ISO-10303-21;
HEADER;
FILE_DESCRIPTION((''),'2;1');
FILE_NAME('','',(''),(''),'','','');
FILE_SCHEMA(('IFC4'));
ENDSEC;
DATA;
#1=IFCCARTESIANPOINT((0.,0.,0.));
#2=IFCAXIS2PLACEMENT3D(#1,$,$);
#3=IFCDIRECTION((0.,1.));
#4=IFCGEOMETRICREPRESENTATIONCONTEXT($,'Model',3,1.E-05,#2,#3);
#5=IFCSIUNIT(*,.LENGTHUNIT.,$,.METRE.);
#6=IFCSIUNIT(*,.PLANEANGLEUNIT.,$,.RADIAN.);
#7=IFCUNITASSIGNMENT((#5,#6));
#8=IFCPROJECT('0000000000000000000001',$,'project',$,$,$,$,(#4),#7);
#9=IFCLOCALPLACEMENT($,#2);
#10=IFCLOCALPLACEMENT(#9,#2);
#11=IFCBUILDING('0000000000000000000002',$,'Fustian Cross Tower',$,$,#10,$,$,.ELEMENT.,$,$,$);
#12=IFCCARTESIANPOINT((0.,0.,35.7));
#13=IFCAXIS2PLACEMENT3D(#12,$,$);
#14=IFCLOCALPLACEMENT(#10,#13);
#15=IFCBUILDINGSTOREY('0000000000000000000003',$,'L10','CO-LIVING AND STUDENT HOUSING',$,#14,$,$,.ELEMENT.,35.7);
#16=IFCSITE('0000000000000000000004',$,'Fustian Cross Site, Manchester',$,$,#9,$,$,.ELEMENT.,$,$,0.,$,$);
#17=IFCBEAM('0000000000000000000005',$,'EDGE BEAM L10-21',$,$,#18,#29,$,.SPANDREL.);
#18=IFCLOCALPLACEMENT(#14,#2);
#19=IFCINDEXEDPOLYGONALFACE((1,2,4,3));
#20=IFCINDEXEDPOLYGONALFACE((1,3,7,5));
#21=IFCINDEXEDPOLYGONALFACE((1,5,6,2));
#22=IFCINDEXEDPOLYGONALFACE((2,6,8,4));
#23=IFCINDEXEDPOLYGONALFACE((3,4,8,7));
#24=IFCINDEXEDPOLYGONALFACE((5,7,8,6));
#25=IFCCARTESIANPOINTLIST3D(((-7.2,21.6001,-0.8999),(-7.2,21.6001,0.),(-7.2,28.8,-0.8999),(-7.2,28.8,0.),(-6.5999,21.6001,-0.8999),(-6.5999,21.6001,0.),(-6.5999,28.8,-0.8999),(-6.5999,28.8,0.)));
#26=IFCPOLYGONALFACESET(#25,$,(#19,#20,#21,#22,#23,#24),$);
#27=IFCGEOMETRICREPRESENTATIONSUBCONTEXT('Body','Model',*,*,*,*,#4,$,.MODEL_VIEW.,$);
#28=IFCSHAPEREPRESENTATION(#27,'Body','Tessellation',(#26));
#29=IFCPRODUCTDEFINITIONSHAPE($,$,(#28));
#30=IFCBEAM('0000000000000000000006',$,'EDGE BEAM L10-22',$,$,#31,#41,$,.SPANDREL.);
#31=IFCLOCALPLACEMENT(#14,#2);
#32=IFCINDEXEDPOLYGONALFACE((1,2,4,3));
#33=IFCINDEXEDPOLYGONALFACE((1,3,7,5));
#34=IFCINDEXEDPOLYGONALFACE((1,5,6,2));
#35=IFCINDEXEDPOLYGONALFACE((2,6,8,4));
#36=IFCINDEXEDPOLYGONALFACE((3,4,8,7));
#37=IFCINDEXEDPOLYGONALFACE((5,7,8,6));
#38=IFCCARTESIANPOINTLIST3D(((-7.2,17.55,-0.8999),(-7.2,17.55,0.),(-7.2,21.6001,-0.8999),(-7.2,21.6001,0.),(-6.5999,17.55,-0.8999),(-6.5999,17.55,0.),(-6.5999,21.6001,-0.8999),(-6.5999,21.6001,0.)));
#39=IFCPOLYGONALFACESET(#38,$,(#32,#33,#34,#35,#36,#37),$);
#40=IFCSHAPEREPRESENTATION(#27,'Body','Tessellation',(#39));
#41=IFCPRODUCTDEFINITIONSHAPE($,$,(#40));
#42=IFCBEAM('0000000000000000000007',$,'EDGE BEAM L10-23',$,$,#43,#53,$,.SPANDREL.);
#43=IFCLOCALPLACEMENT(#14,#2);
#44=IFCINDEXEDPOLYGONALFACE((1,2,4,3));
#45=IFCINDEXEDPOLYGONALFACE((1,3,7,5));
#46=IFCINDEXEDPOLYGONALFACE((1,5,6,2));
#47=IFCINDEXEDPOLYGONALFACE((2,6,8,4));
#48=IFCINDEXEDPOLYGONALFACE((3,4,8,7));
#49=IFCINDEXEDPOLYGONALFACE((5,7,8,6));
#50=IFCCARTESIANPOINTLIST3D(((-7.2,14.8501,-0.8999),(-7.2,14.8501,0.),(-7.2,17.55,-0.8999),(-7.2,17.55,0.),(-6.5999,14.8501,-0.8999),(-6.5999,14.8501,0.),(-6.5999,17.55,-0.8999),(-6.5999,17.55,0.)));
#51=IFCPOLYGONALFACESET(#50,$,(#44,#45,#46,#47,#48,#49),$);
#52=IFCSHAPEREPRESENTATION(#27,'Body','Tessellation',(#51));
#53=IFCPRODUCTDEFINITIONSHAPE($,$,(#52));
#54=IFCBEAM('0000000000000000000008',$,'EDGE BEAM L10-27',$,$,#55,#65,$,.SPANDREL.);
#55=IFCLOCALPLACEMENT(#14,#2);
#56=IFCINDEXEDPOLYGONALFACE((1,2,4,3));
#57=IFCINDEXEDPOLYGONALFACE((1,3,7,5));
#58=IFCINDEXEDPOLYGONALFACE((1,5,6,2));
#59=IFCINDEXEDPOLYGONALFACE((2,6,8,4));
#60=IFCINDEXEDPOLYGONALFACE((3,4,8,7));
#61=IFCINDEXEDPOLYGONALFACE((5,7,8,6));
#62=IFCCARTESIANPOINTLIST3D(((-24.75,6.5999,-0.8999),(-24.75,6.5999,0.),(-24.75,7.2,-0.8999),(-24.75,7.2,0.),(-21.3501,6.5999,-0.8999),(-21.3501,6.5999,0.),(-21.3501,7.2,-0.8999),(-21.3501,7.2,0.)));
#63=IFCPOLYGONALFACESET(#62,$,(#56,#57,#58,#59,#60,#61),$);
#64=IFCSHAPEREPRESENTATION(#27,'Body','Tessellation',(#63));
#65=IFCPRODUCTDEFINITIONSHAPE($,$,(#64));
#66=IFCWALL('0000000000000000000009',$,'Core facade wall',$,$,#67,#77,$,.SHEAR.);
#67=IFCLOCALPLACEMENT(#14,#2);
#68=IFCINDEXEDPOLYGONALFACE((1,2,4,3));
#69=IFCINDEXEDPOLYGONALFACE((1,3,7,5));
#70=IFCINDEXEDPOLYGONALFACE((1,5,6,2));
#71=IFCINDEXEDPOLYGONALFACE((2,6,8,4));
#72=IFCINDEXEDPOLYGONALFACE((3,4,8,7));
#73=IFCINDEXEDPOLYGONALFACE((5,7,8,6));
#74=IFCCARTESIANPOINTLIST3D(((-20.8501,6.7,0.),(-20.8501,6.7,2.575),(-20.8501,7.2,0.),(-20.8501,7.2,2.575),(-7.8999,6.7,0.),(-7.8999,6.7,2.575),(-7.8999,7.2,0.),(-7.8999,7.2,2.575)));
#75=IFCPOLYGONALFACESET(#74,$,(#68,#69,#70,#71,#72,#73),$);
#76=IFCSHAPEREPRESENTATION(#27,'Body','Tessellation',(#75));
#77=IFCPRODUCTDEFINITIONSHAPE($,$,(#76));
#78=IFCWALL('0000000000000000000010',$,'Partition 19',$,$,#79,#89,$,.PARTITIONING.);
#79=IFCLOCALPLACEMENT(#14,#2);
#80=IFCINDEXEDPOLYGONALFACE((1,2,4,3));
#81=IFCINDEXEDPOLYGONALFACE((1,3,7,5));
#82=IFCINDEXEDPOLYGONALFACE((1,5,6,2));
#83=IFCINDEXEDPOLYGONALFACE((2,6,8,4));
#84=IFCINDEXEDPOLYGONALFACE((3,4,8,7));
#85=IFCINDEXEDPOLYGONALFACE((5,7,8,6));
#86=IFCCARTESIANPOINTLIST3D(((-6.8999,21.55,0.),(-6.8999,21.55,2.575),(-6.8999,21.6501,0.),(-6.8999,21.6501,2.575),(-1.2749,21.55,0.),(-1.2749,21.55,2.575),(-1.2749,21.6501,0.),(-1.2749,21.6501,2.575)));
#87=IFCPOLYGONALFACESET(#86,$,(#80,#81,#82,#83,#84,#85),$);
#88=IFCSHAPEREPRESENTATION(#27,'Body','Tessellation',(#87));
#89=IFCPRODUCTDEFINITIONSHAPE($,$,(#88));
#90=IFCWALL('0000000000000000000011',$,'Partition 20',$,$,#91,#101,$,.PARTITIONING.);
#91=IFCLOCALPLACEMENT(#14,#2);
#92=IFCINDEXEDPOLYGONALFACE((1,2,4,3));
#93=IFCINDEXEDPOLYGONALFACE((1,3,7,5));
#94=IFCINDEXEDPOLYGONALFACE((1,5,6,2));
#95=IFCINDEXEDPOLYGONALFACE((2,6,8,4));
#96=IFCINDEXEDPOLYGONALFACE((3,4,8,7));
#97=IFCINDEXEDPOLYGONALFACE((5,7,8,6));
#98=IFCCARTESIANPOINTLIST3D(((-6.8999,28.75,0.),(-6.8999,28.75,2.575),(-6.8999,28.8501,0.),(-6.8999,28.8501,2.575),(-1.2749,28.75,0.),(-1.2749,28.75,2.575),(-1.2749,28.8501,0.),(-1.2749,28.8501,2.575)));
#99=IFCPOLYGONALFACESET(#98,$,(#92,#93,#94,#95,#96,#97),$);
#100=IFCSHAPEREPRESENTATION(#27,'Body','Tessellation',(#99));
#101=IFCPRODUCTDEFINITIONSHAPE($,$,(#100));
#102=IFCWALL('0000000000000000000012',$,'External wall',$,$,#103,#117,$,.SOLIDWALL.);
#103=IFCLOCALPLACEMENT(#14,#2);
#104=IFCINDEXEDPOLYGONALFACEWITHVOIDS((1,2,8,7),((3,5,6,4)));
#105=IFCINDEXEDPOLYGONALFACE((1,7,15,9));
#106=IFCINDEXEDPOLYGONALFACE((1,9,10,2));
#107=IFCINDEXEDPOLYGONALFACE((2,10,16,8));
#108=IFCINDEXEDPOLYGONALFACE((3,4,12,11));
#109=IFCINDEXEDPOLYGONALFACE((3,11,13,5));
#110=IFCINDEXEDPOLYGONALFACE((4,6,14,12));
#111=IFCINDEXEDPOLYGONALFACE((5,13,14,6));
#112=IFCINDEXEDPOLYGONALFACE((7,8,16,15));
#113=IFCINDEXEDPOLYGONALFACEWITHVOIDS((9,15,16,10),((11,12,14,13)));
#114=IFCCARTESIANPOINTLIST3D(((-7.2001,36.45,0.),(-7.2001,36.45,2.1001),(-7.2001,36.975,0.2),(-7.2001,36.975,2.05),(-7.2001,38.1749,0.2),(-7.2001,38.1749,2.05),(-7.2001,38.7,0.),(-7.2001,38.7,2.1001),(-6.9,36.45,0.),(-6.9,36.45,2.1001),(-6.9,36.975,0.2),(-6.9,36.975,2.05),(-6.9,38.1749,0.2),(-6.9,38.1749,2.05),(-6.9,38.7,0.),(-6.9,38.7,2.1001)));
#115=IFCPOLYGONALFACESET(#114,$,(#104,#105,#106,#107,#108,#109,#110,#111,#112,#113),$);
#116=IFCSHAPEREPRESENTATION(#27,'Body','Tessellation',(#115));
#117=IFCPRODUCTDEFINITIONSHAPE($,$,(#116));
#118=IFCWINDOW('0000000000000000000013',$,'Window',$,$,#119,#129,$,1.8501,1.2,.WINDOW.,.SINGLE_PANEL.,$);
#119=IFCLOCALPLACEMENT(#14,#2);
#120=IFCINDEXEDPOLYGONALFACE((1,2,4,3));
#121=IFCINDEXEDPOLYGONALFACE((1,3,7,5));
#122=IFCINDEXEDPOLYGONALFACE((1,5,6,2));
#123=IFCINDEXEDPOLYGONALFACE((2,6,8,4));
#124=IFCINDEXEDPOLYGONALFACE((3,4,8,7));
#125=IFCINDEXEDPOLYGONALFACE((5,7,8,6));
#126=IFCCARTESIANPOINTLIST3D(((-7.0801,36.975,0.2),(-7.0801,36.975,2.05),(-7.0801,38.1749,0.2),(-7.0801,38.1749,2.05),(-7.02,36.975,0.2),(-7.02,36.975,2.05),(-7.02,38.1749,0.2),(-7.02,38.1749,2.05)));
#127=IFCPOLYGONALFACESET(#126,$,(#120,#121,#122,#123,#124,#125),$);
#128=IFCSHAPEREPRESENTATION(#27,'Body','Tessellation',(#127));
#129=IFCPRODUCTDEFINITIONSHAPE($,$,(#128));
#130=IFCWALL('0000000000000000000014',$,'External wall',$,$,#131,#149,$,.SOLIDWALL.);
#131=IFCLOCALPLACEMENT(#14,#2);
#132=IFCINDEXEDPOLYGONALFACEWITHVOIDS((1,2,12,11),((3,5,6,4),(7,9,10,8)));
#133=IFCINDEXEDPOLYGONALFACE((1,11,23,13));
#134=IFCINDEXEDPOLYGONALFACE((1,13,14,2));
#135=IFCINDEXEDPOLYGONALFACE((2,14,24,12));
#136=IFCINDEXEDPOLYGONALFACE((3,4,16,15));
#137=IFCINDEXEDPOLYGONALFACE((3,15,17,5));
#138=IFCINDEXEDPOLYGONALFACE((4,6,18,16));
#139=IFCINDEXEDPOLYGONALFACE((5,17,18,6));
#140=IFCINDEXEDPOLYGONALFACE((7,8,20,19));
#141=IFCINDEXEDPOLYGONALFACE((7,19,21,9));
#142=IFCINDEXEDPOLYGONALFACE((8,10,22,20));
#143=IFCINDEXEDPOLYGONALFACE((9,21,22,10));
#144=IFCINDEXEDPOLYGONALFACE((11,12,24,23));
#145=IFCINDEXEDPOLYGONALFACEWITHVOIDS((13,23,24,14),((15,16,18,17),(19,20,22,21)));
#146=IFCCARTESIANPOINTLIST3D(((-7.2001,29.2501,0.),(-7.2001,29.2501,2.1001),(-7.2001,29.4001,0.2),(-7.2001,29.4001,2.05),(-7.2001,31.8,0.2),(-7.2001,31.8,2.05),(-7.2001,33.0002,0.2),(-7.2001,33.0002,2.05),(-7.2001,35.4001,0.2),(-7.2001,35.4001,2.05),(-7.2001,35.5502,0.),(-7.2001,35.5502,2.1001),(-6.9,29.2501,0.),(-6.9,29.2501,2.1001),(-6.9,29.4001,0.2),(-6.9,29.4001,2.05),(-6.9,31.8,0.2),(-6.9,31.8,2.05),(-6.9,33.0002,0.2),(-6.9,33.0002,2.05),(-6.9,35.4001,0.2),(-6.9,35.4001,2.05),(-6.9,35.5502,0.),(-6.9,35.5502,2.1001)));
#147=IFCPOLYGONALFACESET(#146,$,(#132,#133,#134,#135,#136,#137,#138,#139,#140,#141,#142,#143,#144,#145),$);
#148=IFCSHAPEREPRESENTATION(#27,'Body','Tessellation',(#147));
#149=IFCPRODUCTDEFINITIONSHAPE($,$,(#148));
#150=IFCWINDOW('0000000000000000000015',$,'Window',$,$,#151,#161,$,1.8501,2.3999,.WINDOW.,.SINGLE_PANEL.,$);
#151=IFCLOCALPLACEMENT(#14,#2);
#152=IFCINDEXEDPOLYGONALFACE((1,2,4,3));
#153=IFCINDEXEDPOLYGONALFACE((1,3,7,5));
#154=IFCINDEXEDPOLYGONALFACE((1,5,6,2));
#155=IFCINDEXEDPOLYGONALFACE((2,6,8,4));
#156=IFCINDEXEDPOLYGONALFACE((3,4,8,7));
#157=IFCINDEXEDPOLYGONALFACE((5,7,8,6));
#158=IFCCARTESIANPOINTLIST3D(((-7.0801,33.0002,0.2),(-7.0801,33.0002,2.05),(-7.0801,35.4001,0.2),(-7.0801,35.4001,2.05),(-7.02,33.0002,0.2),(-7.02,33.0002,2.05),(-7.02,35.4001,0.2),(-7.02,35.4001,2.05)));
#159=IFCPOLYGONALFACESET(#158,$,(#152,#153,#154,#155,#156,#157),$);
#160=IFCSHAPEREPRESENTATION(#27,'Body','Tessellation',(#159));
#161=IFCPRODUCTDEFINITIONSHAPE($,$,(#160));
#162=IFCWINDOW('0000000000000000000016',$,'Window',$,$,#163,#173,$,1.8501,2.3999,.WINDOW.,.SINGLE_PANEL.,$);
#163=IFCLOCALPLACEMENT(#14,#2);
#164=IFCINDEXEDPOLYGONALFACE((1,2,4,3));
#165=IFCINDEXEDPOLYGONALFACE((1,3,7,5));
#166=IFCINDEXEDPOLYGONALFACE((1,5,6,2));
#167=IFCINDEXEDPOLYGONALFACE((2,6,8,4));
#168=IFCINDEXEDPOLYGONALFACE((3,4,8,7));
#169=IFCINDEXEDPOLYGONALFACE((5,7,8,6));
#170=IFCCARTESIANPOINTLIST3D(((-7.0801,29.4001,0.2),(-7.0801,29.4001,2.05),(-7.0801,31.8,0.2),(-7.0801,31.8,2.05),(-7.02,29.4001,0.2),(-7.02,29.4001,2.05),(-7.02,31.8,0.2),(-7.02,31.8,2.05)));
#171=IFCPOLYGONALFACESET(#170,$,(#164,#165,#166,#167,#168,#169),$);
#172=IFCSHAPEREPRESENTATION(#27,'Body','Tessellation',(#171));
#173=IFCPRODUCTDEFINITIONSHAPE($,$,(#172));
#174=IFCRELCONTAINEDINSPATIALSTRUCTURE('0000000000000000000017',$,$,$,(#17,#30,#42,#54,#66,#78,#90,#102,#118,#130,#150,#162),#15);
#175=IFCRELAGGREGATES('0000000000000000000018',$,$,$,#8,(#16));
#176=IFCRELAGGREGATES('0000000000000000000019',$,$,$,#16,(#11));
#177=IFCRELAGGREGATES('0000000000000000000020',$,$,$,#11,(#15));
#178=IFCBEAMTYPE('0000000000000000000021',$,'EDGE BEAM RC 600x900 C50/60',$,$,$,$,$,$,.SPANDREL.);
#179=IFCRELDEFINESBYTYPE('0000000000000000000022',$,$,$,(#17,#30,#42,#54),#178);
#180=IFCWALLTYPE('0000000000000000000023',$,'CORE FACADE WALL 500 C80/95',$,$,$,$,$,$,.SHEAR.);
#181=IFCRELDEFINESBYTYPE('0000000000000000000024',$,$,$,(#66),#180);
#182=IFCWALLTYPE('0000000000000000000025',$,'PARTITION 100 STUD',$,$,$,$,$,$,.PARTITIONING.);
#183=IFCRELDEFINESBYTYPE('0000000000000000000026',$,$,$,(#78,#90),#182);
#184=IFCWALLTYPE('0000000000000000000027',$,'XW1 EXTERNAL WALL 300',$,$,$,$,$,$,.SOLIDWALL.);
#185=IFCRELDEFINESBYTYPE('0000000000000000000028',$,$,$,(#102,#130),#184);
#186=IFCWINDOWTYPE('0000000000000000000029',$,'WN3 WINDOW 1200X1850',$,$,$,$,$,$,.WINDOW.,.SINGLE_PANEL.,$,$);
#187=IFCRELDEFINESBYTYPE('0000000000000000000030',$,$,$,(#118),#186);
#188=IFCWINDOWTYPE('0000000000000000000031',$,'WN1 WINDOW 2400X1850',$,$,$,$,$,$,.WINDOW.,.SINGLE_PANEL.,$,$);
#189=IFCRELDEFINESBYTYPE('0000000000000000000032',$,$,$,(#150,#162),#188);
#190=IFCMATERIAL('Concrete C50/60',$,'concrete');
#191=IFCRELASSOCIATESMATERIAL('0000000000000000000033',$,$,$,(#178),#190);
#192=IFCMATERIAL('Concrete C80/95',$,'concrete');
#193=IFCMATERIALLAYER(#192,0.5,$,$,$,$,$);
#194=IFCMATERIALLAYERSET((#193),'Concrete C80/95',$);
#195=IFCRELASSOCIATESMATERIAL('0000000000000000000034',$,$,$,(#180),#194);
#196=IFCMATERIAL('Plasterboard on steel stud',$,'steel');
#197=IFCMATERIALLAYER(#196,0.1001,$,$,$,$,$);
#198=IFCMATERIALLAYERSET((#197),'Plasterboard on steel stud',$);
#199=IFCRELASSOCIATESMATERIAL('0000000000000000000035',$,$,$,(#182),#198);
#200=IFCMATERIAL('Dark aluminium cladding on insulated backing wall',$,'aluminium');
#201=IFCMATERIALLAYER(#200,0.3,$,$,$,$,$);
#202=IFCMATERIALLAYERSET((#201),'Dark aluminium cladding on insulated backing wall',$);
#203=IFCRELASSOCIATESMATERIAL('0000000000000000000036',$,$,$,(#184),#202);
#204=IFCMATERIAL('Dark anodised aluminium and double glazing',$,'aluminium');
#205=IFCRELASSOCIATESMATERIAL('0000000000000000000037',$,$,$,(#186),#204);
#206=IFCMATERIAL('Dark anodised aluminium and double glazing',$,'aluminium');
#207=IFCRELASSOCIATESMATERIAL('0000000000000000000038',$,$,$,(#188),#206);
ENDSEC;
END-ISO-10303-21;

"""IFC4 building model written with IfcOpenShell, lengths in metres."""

from ifc_helpers import new_model, si_unit, direction, frame, frame_2d, origin, origin_2d, place, context, subcontext, project, spatial, rectangle, extrude, material, layer, layer_set, material_profile, profile_set, type_object, element, fill, save


model = new_model("IFC4")

# Units and contexts
model_context = context("Model", 3, precision=1e-05, world=origin(), true_north=direction((0.0, 1.0)))
body_context = subcontext(model_context, "Body", "Model", "MODEL_VIEW")
ifc_project = project(units=[si_unit("LENGTHUNIT", "METRE"), si_unit("PLANEANGLEUNIT", "RADIAN")], contexts=[model_context])

# Site, building, storey
site_placement = place(None, origin())
site = spatial("IfcSite", under=ifc_project, at=site_placement, Name="Fustian Cross Site, Manchester", CompositionType="ELEMENT", RefElevation=0.0)
building_placement = place(site_placement, origin())
building = spatial("IfcBuilding", under=site, at=building_placement, Name="Fustian Cross Tower", CompositionType="ELEMENT")
storey_placement = place(building_placement, frame((0.0, 0.0, 35.7)))
storey = spatial("IfcBuildingStorey", under=building, at=storey_placement, Name="L10", Description="CO-LIVING AND STUDENT HOUSING", CompositionType="ELEMENT", Elevation=35.7)

# Beams
ifc_material_1 = material(Name="Concrete C50/60", Category="concrete")
ifc_material_profile = material_profile(ifc_material_1, rectangle(XDim=0.6001, YDim=0.8999, at=origin_2d()), Name="RC 600x900")
ifc_profile_set = profile_set([ifc_material_profile], Name="Concrete C50/60")
beam_type = type_object("IfcBeamType", Name="EDGE BEAM RC 600x900 C50/60", PredefinedType="SPANDREL", material=ifc_profile_set)
beam_1_placement = place(storey_placement, frame((-6.8999, 28.8, -0.45), z_axis=(0.0, -1.0, 0.0), x_axis=(1.0, 0.0, 0.0)))
element("IfcBeam", 1, at=beam_1_placement, inside=storey, type_object=beam_type, Name="EDGE BEAM L10-21", PredefinedType="SPANDREL", context=body_context, shape_type="SweptSolid", body=[
    extrude(rectangle(XDim=0.6001, YDim=0.8999, at=origin_2d()), origin(), (0.0, 0.0, 1.0), 7.2),
])
beam_2_placement = place(storey_placement, frame((-6.8999, 21.6001, -0.45), z_axis=(0.0, -1.0, 0.0), x_axis=(1.0, 0.0, 0.0)))
element("IfcBeam", 2, at=beam_2_placement, inside=storey, type_object=beam_type, Name="EDGE BEAM L10-22", PredefinedType="SPANDREL", context=body_context, shape_type="SweptSolid", body=[
    extrude(rectangle(XDim=0.6001, YDim=0.8999, at=origin_2d()), origin(), (0.0, 0.0, 1.0), 4.05),
])
beam_3_placement = place(storey_placement, frame((-6.8999, 17.55, -0.45), z_axis=(0.0, -1.0, 0.0), x_axis=(1.0, 0.0, 0.0)))
element("IfcBeam", 3, at=beam_3_placement, inside=storey, type_object=beam_type, Name="EDGE BEAM L10-23", PredefinedType="SPANDREL", context=body_context, shape_type="SweptSolid", body=[
    extrude(rectangle(XDim=0.6001, YDim=0.8999, at=origin_2d()), origin(), (0.0, 0.0, 1.0), 2.7),
])
beam_4_placement = place(storey_placement, frame((-21.3501, 6.8999, -0.45), z_axis=(-1.0, 0.0, 0.0), x_axis=(0.0, -1.0, 0.0)))
element("IfcBeam", 4, at=beam_4_placement, inside=storey, type_object=beam_type, Name="EDGE BEAM L10-27", PredefinedType="SPANDREL", context=body_context, shape_type="SweptSolid", body=[
    extrude(rectangle(XDim=0.6001, YDim=0.8999, at=origin_2d()), origin(), (0.0, 0.0, 1.0), 3.3999),
])

# Walls
ifc_material_2 = material(Name="Concrete C80/95", Category="concrete")
ifc_layer_1 = layer(ifc_material_2, 0.5)
ifc_layer_set_1 = layer_set([ifc_layer_1], Name="Concrete C80/95")
wall_type_1 = type_object("IfcWallType", Name="CORE FACADE WALL 500 C80/95", PredefinedType="SHEAR", material=ifc_layer_set_1)
wall_1_placement = place(storey_placement, frame((-7.8999, 6.95, 0.0), z_axis=(0.0, 0.0, 1.0), x_axis=(-1.0, 0.0, 0.0)))
element("IfcWall", 5, at=wall_1_placement, inside=storey, type_object=wall_type_1, Name="Core facade wall", PredefinedType="SHEAR", context=body_context, shape_type="SweptSolid", body=[
    extrude(rectangle(XDim=12.9502, YDim=0.5, at=frame_2d((6.4751, 0.0))), origin(), (0.0, 0.0, 1.0), 2.575),
])
ifc_material_3 = material(Name="Plasterboard on steel stud", Category="steel")
ifc_layer_2 = layer(ifc_material_3, 0.1001)
ifc_layer_set_2 = layer_set([ifc_layer_2], Name="Plasterboard on steel stud")
wall_type_2 = type_object("IfcWallType", Name="PARTITION 100 STUD", PredefinedType="PARTITIONING", material=ifc_layer_set_2)
for number, where, z_axis, x_axis, name in (
    (6, (-6.8999, 21.6001, 0.0), (0.0, 0.0, 1.0), (1.0, 0.0, 0.0), "Partition 19"),
    (7, (-6.8999, 28.8, 0.0), (0.0, 0.0, 1.0), (1.0, 0.0, 0.0), "Partition 20"),
):
    element("IfcWall", number, at=place(storey_placement, frame(where, z_axis=z_axis, x_axis=x_axis)), inside=storey, type_object=wall_type_2, Name=name, PredefinedType="PARTITIONING", context=body_context, shape_type="SweptSolid", body=[
        extrude(rectangle(XDim=5.625, YDim=0.1001, at=frame_2d((2.8125, 0.0))), origin(), (0.0, 0.0, 1.0), 2.575),
    ])

# Wall, opening, window
ifc_material_4 = material(Name="Dark aluminium cladding on insulated backing wall", Category="aluminium")
ifc_layer_3 = layer(ifc_material_4, 0.3)
ifc_layer_set_3 = layer_set([ifc_layer_3], Name="Dark aluminium cladding on insulated backing wall")
wall_type_3 = type_object("IfcWallType", Name="XW1 EXTERNAL WALL 300", PredefinedType="SOLIDWALL", material=ifc_layer_set_3)
wall_2_placement = place(storey_placement, frame((-7.05, 38.7, 0.0), z_axis=(0.0, 0.0, 1.0), x_axis=(0.0, -1.0, 0.0)))
wall_2 = element("IfcWall", 8, at=wall_2_placement, inside=storey, type_object=wall_type_3, Name="External wall", PredefinedType="SOLIDWALL", context=body_context, shape_type="SweptSolid", body=[
    extrude(rectangle(XDim=2.25, YDim=0.3, at=frame_2d((1.125, 0.0))), origin(), (0.0, 0.0, 1.0), 2.1001),
])
opening_1_placement = place(wall_2_placement, frame((0.5249, 0.0, 0.2)))
opening_1 = element("IfcOpeningElement", 9, at=opening_1_placement, cuts=wall_2, PredefinedType="OPENING", context=body_context, shape_type="SweptSolid", body=[
    extrude(rectangle(XDim=1.2, YDim=1.8501, at=frame_2d((0.6001, 0.925))), frame((0.0, 0.1599, 0.0), z_axis=(0.0, -1.0, 0.0), x_axis=(1.0, 0.0, 0.0)), (0.0, 0.0, 1.0), 0.3201),
])
ifc_material_5 = material(Name="Dark anodised aluminium and double glazing", Category="aluminium")
window_type_1 = type_object("IfcWindowType", Name="WN3 WINDOW 1200X1850", PartitioningType="SINGLE_PANEL", PredefinedType="WINDOW", material=ifc_material_5)
window_1_placement = place(opening_1_placement, origin())
window_1 = element("IfcWindow", 10, at=window_1_placement, inside=storey, type_object=window_type_1, Name="Window", OverallHeight=1.8501, OverallWidth=1.2, PartitioningType="SINGLE_PANEL", PredefinedType="WINDOW", context=body_context, shape_type="SweptSolid", body=[
    extrude(rectangle(XDim=1.2, YDim=1.8501, at=frame_2d((0.6001, 0.925))), frame((0.0, 0.03, 0.0), z_axis=(0.0, -1.0, 0.0), x_axis=(1.0, 0.0, 0.0)), (0.0, 0.0, 1.0), 0.0601),
])
fill(opening_1, window_1)

# Wall, openings, windows
wall_3_placement = place(storey_placement, frame((-7.05, 35.55, 0.0), z_axis=(0.0, 0.0, 1.0), x_axis=(0.0, -1.0, 0.0)))
wall_3 = element("IfcWall", 11, at=wall_3_placement, inside=storey, type_object=wall_type_3, Name="External wall", PredefinedType="SOLIDWALL", context=body_context, shape_type="SweptSolid", body=[
    extrude(rectangle(XDim=6.3, YDim=0.3, at=frame_2d((3.1499, 0.0))), origin(), (0.0, 0.0, 1.0), 2.1001),
])
opening_2_placement = place(wall_3_placement, frame((0.1499, 0.0, 0.2)))
opening_2 = element("IfcOpeningElement", 12, at=opening_2_placement, cuts=wall_3, PredefinedType="OPENING", context=body_context, shape_type="SweptSolid", body=[
    extrude(rectangle(XDim=2.3999, YDim=1.8501, at=frame_2d((1.2, 0.925))), frame((0.0, 0.1599, 0.0), z_axis=(0.0, -1.0, 0.0), x_axis=(1.0, 0.0, 0.0)), (0.0, 0.0, 1.0), 0.3201),
])
opening_3_placement = place(wall_3_placement, frame((3.75, 0.0, 0.2)))
opening_3 = element("IfcOpeningElement", 13, at=opening_3_placement, cuts=wall_3, PredefinedType="OPENING", context=body_context, shape_type="SweptSolid", body=[
    extrude(rectangle(XDim=2.3999, YDim=1.8501, at=frame_2d((1.2, 0.925))), frame((0.0, 0.1599, 0.0), z_axis=(0.0, -1.0, 0.0), x_axis=(1.0, 0.0, 0.0)), (0.0, 0.0, 1.0), 0.3201),
])
ifc_material_6 = material(Name="Dark anodised aluminium and double glazing", Category="aluminium")
window_type_2 = type_object("IfcWindowType", Name="WN1 WINDOW 2400X1850", PartitioningType="SINGLE_PANEL", PredefinedType="WINDOW", material=ifc_material_6)
window_2_placement = place(opening_2_placement, origin())
window_2 = element("IfcWindow", 14, at=window_2_placement, inside=storey, type_object=window_type_2, Name="Window", OverallHeight=1.8501, OverallWidth=2.3999, PartitioningType="SINGLE_PANEL", PredefinedType="WINDOW", context=body_context, shape_type="SweptSolid", body=[
    extrude(rectangle(XDim=2.3999, YDim=1.8501, at=frame_2d((1.2, 0.925))), frame((0.0, 0.03, 0.0), z_axis=(0.0, -1.0, 0.0), x_axis=(1.0, 0.0, 0.0)), (0.0, 0.0, 1.0), 0.0601),
])
fill(opening_2, window_2)
window_3_placement = place(opening_3_placement, origin())
window_3 = element("IfcWindow", 15, at=window_3_placement, inside=storey, type_object=window_type_2, Name="Window", OverallHeight=1.8501, OverallWidth=2.3999, PartitioningType="SINGLE_PANEL", PredefinedType="WINDOW", context=body_context, shape_type="SweptSolid", body=[
    extrude(rectangle(XDim=2.3999, YDim=1.8501, at=frame_2d((1.2, 0.925))), frame((0.0, 0.03, 0.0), z_axis=(0.0, -1.0, 0.0), x_axis=(1.0, 0.0, 0.0)), (0.0, 0.0, 1.0), 0.0601),
])
fill(opening_3, window_3)

save(model, "model.ifc")
